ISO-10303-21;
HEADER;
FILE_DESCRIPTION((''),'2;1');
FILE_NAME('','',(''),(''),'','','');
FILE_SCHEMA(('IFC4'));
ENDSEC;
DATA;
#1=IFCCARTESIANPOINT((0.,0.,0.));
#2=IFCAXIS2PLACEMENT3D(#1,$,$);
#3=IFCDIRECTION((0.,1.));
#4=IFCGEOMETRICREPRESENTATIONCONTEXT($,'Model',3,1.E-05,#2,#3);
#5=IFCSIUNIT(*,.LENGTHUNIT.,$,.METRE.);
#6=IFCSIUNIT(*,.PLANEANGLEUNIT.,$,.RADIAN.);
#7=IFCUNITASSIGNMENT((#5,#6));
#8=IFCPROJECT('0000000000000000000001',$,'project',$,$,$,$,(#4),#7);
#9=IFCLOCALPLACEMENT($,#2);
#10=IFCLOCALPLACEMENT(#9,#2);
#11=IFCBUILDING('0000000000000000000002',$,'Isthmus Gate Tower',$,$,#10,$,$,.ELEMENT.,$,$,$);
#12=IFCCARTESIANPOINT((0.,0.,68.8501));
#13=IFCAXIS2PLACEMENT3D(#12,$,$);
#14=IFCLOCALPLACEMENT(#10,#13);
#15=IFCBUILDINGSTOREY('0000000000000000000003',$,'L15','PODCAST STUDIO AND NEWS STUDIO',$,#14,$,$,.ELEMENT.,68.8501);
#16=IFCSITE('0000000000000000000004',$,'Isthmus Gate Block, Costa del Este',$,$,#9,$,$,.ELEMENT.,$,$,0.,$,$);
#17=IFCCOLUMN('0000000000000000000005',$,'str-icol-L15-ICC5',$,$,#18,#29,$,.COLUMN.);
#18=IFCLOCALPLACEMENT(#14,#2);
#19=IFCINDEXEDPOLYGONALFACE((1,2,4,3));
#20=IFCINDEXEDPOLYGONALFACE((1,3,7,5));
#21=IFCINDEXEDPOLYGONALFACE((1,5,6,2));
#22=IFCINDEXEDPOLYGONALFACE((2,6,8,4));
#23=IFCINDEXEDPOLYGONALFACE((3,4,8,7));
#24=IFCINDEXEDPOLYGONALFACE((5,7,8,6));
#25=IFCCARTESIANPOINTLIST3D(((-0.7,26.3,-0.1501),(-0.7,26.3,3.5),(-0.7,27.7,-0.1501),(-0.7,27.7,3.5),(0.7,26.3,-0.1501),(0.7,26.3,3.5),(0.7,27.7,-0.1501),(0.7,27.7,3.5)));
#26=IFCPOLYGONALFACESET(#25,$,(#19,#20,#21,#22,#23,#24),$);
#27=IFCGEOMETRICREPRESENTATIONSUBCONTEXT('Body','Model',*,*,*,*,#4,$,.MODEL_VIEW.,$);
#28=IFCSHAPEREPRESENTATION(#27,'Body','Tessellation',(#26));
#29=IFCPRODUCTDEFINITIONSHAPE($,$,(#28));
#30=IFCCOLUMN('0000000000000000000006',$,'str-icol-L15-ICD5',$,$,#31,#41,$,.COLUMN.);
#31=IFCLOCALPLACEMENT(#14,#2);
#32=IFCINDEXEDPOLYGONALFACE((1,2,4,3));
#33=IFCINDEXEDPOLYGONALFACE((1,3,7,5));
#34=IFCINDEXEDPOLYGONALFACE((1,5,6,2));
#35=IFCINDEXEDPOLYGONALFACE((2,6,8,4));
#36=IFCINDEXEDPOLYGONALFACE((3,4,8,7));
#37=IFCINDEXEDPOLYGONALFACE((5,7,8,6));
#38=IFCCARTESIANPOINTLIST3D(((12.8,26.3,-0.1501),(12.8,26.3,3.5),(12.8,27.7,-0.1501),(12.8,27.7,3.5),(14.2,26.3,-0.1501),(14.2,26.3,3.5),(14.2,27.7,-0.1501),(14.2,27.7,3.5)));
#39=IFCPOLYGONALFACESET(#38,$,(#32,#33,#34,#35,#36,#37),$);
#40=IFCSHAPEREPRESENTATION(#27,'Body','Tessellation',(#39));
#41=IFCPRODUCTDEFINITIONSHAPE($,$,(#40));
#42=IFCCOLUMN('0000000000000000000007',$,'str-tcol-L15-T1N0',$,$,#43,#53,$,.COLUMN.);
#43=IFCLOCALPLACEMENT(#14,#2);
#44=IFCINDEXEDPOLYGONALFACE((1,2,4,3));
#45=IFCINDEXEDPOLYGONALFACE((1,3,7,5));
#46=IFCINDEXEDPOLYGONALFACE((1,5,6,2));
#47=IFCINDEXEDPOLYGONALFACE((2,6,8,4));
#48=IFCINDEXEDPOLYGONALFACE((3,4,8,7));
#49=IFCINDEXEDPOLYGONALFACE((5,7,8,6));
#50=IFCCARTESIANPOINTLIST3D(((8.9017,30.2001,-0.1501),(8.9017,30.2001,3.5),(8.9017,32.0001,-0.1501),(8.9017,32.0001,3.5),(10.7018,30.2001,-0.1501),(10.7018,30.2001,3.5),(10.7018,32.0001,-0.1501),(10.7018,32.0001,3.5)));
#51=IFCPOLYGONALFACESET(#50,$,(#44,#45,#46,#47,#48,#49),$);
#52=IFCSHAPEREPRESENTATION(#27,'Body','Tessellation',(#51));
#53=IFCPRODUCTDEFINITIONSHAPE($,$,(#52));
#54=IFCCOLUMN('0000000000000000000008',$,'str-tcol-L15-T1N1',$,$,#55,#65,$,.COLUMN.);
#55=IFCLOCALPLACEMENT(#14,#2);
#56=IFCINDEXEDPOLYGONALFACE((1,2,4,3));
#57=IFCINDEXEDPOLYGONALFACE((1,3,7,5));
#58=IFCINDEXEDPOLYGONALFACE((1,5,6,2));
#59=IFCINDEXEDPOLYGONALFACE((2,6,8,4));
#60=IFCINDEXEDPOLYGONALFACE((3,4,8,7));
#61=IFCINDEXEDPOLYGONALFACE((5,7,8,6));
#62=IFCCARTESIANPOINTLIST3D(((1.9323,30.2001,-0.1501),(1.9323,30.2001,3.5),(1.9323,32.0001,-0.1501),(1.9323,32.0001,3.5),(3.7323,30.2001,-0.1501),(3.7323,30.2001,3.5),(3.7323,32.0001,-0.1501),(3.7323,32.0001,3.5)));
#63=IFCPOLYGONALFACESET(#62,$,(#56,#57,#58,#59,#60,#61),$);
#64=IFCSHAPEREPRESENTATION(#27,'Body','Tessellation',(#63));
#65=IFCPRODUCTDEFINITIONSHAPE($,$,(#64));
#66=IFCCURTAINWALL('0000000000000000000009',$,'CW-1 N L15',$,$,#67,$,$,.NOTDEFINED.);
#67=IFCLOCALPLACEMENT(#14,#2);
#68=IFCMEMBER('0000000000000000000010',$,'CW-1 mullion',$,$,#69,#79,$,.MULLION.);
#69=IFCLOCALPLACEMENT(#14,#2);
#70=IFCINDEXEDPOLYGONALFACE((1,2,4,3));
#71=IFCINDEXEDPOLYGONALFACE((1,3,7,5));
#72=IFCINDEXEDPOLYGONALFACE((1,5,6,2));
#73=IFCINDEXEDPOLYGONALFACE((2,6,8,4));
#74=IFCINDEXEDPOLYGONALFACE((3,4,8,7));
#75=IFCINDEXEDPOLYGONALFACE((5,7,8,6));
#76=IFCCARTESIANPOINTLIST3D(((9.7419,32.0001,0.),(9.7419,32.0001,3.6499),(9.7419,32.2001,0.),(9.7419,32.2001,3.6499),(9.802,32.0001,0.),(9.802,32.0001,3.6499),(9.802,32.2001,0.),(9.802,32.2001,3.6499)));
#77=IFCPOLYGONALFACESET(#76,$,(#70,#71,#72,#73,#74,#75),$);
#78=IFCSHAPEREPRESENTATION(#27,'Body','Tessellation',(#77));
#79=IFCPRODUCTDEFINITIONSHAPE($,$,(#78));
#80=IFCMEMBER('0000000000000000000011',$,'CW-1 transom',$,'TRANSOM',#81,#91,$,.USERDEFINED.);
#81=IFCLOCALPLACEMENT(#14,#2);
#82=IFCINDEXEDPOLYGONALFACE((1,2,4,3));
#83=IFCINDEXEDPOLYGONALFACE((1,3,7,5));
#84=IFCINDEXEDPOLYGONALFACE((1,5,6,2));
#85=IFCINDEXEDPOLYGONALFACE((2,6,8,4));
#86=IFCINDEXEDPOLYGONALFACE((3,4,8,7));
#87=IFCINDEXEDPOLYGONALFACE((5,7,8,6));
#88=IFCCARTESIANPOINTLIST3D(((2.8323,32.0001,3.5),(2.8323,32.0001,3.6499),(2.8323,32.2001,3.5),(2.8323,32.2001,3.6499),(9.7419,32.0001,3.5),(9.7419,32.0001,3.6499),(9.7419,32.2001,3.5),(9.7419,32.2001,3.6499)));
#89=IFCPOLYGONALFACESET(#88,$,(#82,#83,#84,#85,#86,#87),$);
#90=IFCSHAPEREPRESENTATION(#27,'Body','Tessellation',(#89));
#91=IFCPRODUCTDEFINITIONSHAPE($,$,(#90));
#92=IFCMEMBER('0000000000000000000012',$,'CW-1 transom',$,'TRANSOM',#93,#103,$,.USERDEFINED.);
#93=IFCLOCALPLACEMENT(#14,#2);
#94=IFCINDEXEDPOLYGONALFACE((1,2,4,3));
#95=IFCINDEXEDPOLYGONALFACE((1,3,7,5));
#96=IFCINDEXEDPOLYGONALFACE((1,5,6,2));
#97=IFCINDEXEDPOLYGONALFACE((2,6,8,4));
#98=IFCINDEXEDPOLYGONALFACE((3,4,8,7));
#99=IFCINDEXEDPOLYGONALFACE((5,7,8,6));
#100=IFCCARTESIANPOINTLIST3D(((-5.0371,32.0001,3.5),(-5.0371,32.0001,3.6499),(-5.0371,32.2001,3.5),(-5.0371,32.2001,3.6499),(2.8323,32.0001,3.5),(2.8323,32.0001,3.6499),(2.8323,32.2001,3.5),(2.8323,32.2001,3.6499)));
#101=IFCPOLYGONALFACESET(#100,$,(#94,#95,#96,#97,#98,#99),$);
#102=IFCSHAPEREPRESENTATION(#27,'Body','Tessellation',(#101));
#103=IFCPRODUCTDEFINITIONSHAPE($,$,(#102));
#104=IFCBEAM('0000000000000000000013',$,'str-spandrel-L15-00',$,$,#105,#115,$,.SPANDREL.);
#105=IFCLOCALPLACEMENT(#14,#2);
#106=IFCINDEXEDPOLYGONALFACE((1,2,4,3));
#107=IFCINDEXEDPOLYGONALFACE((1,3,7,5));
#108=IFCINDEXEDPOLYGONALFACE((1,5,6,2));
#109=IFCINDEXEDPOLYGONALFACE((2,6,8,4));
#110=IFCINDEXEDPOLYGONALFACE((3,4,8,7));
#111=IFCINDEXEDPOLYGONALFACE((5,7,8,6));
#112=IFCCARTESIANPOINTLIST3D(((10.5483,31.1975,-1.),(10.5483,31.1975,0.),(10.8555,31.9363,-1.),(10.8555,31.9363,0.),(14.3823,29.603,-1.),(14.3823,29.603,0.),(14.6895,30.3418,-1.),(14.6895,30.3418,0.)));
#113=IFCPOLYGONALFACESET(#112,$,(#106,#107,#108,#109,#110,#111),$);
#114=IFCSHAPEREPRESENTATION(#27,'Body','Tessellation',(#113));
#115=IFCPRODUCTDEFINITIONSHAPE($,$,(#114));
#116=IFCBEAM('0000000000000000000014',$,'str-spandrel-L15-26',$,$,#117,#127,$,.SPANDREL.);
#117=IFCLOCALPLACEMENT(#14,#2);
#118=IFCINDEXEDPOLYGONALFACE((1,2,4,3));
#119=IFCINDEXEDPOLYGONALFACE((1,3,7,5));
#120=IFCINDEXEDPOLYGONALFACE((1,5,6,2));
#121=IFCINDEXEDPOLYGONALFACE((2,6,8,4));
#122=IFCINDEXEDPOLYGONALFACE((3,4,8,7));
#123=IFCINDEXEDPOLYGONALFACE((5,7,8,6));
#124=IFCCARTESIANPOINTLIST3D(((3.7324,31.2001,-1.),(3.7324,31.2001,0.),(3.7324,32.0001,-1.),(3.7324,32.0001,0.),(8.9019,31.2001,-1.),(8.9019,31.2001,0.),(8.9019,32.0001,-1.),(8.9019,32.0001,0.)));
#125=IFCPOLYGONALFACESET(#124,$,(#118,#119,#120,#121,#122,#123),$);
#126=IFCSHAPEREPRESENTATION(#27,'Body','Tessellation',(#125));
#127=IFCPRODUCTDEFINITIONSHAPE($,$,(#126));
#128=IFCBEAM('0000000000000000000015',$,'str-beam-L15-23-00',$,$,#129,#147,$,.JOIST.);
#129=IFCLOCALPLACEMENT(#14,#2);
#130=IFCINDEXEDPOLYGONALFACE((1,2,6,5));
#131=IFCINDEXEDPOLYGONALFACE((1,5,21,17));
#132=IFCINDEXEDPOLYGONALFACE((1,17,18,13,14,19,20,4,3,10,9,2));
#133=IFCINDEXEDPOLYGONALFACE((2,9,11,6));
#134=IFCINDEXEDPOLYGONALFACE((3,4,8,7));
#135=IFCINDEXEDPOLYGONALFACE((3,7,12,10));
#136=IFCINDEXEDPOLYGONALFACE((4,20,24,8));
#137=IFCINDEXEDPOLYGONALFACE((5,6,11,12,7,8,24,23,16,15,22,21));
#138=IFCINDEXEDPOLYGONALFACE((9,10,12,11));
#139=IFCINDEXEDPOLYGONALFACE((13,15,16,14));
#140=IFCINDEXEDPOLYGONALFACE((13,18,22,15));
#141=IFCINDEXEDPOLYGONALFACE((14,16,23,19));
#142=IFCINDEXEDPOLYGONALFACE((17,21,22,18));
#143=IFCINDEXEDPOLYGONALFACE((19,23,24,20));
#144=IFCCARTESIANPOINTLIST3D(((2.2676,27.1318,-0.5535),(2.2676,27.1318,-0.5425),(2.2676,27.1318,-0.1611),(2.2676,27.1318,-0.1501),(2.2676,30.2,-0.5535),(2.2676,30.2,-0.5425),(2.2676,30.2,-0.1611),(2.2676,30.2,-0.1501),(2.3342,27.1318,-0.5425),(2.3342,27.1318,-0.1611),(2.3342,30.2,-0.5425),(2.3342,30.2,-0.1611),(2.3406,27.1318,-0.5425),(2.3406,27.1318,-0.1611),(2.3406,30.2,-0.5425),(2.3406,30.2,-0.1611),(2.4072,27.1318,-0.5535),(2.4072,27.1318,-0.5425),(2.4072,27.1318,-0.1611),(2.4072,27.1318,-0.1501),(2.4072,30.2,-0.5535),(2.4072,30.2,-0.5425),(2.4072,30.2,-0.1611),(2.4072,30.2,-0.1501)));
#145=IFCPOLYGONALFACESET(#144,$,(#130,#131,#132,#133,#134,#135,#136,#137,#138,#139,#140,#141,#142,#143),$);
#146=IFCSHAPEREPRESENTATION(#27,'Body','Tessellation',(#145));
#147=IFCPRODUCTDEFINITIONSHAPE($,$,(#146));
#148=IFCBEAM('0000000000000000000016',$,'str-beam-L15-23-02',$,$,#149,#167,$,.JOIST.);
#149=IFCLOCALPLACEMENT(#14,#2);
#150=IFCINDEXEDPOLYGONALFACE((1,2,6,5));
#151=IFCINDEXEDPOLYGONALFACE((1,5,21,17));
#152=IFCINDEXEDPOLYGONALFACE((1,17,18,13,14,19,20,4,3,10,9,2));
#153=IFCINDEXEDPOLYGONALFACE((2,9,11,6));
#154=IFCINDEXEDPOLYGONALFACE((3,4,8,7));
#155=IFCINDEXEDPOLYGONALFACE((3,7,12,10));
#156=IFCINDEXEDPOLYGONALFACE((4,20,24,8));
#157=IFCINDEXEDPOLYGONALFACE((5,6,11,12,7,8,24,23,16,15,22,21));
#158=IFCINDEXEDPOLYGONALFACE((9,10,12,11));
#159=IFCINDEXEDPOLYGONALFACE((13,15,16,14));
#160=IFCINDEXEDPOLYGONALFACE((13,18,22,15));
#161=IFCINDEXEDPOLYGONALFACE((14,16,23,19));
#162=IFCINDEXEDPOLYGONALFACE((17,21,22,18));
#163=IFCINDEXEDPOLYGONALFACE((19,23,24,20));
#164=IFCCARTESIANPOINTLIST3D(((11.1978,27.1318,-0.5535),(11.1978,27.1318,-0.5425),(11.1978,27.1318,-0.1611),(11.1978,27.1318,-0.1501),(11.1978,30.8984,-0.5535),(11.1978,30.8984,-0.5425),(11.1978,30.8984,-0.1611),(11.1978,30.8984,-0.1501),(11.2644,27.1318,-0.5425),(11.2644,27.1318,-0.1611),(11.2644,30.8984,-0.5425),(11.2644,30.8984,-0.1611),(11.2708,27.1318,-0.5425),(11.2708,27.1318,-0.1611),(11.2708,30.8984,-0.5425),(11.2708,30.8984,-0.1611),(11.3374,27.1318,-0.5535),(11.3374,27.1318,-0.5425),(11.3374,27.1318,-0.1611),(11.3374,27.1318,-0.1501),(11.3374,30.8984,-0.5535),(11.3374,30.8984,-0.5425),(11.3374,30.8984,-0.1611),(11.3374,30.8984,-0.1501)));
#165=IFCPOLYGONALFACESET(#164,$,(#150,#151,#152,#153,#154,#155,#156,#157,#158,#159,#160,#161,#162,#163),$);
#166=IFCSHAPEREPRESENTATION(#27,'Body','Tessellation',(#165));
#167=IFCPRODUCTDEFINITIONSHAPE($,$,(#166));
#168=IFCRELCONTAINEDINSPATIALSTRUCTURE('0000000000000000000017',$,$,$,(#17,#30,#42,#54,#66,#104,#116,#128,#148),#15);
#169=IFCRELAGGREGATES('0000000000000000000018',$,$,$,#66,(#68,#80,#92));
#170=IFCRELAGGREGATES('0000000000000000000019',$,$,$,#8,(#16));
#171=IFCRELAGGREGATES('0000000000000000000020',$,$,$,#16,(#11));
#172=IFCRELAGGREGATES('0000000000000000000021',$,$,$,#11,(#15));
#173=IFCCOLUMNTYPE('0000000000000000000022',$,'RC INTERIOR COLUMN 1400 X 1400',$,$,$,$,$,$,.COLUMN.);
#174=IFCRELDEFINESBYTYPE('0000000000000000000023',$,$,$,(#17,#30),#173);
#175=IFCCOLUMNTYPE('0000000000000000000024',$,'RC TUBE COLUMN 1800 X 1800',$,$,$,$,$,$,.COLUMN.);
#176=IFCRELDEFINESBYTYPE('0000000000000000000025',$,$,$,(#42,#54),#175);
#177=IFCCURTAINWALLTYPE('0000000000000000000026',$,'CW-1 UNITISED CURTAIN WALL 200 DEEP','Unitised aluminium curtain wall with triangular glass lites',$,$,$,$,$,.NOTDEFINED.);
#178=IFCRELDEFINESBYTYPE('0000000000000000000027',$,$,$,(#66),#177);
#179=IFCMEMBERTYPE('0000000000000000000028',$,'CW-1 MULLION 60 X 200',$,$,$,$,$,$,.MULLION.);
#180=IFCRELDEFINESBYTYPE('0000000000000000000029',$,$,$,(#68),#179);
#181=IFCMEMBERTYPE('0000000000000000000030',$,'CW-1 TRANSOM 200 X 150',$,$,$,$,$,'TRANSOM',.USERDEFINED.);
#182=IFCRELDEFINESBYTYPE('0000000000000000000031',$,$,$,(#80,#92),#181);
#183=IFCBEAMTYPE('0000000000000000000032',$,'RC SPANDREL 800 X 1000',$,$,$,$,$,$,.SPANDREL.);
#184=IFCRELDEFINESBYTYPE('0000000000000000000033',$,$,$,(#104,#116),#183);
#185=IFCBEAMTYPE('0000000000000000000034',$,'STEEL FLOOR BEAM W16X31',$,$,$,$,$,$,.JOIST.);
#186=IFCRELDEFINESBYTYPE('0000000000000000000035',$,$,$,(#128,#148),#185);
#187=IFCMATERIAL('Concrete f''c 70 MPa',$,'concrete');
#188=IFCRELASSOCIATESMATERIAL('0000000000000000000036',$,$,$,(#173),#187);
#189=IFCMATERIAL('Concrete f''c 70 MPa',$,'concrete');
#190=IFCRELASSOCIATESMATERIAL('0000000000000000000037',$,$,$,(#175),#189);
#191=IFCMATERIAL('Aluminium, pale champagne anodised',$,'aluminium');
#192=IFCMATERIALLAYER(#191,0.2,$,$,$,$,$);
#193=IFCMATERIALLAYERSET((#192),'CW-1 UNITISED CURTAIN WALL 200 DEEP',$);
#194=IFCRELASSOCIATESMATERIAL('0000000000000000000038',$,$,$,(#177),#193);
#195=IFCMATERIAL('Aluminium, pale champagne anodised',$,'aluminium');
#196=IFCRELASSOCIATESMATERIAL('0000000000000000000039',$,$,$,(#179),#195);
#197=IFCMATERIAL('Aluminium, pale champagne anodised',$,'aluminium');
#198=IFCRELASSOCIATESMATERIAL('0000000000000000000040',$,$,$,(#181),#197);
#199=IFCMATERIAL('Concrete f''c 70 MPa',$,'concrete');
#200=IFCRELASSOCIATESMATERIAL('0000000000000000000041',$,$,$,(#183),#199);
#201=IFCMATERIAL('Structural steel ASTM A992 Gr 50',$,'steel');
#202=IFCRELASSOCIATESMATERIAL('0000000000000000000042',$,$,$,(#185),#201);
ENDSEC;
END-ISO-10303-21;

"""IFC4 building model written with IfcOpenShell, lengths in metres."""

from ifc_helpers import new_model, si_unit, direction, frame, origin, origin_2d, place, context, subcontext, project, spatial, rectangle, i_section, extrude, material, layer, layer_set, material_profile, profile_set, type_object, element, aggregate, save


model = new_model("IFC4")

# Units and contexts
model_context = context("Model", 3, precision=1e-05, world=origin(), true_north=direction((0.0, 1.0)))
body_context = subcontext(model_context, "Body", "Model", "MODEL_VIEW")
ifc_project = project(units=[si_unit("LENGTHUNIT", "METRE"), si_unit("PLANEANGLEUNIT", "RADIAN")], contexts=[model_context])

# Site, building, storey
site_placement = place(None, origin())
site = spatial("IfcSite", under=ifc_project, at=site_placement, Name="Isthmus Gate Block, Costa del Este", CompositionType="ELEMENT", RefElevation=0.0)
building_placement = place(site_placement, origin())
building = spatial("IfcBuilding", under=site, at=building_placement, Name="Isthmus Gate Tower", CompositionType="ELEMENT")
storey_placement = place(building_placement, frame((0.0, 0.0, 68.8501)))
storey = spatial("IfcBuildingStorey", under=building, at=storey_placement, Name="L15", Description="PODCAST STUDIO AND NEWS STUDIO", CompositionType="ELEMENT", Elevation=68.8501)

# Columns
ifc_material_1 = material(Name="Concrete f'c 70 MPa", Category="concrete")
ifc_material_profile_1 = material_profile(ifc_material_1, rectangle(XDim=1.3999, YDim=1.3999, at=origin_2d()), Name="RC 1400X1400")
ifc_profile_set_1 = profile_set([ifc_material_profile_1], Name="Concrete f'c 70 MPa")
column_type_1 = type_object("IfcColumnType", Name="RC INTERIOR COLUMN 1400 X 1400", PredefinedType="COLUMN", material=ifc_profile_set_1)
for number, where, z_axis, x_axis, name in (
    (1, (0.0, 27.0, -0.1501), (0.0, 0.0, 1.0), (1.0, 0.0, 0.0), "str-icol-L15-ICC5"),
    (2, (13.5, 27.0, -0.1501), (0.0, 0.0, 1.0), (1.0, 0.0, 0.0), "str-icol-L15-ICD5"),
):
    element("IfcColumn", number, at=place(storey_placement, frame(where, z_axis=z_axis, x_axis=x_axis)), inside=storey, type_object=column_type_1, Name=name, PredefinedType="COLUMN", context=body_context, shape_type="SweptSolid", body=[
        extrude(rectangle(XDim=1.3999, YDim=1.3999, at=origin_2d()), origin(), (0.0, 0.0, 1.0), 3.6501),
    ])
ifc_material_2 = material(Name="Concrete f'c 70 MPa", Category="concrete")
ifc_material_profile_2 = material_profile(ifc_material_2, rectangle(XDim=1.8, YDim=1.8, at=origin_2d()), Name="RC 1800X1800")
ifc_profile_set_2 = profile_set([ifc_material_profile_2], Name="Concrete f'c 70 MPa")
column_type_2 = type_object("IfcColumnType", Name="RC TUBE COLUMN 1800 X 1800", PredefinedType="COLUMN", material=ifc_profile_set_2)
for number, where, z_axis, x_axis, name in (
    (3, (9.8018, 31.1001, -0.1501), (0.0, 0.0, 1.0), (-1.0, 0.0, 0.0), "str-tcol-L15-T1N0"),
    (4, (2.8323, 31.1001, -0.1501), (0.0, 0.0, 1.0), (-1.0, 0.0, 0.0), "str-tcol-L15-T1N1"),
):
    element("IfcColumn", number, at=place(storey_placement, frame(where, z_axis=z_axis, x_axis=x_axis)), inside=storey, type_object=column_type_2, Name=name, PredefinedType="COLUMN", context=body_context, shape_type="SweptSolid", body=[
        extrude(rectangle(XDim=1.8, YDim=1.8, at=origin_2d()), origin(), (0.0, 0.0, 1.0), 3.6501),
    ])

# Curtain wall, members
ifc_material_3 = material(Name="Aluminium, pale champagne anodised", Category="aluminium")
ifc_layer_1 = layer(ifc_material_3, 0.2)
ifc_layer_set_1 = layer_set([ifc_layer_1], Name="CW-1 UNITISED CURTAIN WALL 200 DEEP")
curtain_wall_type = type_object("IfcCurtainWallType", Name="CW-1 UNITISED CURTAIN WALL 200 DEEP", Description="Unitised aluminium curtain wall with triangular glass lites", PredefinedType="NOTDEFINED", material=ifc_layer_set_1)
curtain_wall_1_placement = place(storey_placement, origin())
curtain_wall_1 = element("IfcCurtainWall", 5, at=curtain_wall_1_placement, inside=storey, type_object=curtain_wall_type, Name="CW-1 N L15", PredefinedType="NOTDEFINED")
ifc_material_4 = material(Name="Aluminium, pale champagne anodised", Category="aluminium")
ifc_material_profile_3 = material_profile(ifc_material_4, rectangle(XDim=0.0601, YDim=0.2, at=origin_2d()), Name="60x200")
ifc_profile_set_3 = profile_set([ifc_material_profile_3], Name="Aluminium, pale champagne anodised")
member_type_1 = type_object("IfcMemberType", Name="CW-1 MULLION 60 X 200", PredefinedType="MULLION", material=ifc_profile_set_3)
member_1_placement = place(storey_placement, frame((9.772, 32.1001, 0.0), z_axis=(0.0, 0.0, 1.0), x_axis=(-1.0, 0.0, 0.0)))
member_1 = element("IfcMember", 6, at=member_1_placement, type_object=member_type_1, Name="CW-1 mullion", PredefinedType="MULLION", context=body_context, shape_type="SweptSolid", body=[
    extrude(rectangle(XDim=0.0601, YDim=0.2, at=origin_2d()), origin(), (0.0, 0.0, 1.0), 3.6499),
])
ifc_material_5 = material(Name="Aluminium, pale champagne anodised", Category="aluminium")
ifc_material_profile_4 = material_profile(ifc_material_5, rectangle(XDim=0.2, YDim=0.1499, at=origin_2d()), Name="200x150")
ifc_profile_set_4 = profile_set([ifc_material_profile_4], Name="Aluminium, pale champagne anodised")
member_type_2 = type_object("IfcMemberType", Name="CW-1 TRANSOM 200 X 150", ElementType="TRANSOM", PredefinedType="USERDEFINED", material=ifc_profile_set_4)
member_2_placement = place(storey_placement, frame((9.7419, 32.1001, 3.575), z_axis=(-1.0, 0.0, 0.0), x_axis=(0.0, -1.0, 0.0)))
member_2 = element("IfcMember", 7, at=member_2_placement, type_object=member_type_2, Name="CW-1 transom", ObjectType="TRANSOM", PredefinedType="USERDEFINED", context=body_context, shape_type="SweptSolid", body=[
    extrude(rectangle(XDim=0.2, YDim=0.1499, at=origin_2d()), origin(), (0.0, 0.0, 1.0), 6.9097),
])
member_3_placement = place(storey_placement, frame((2.8323, 32.1001, 3.575), z_axis=(-1.0, 0.0, 0.0), x_axis=(0.0, -1.0, 0.0)))
member_3 = element("IfcMember", 8, at=member_3_placement, type_object=member_type_2, Name="CW-1 transom", ObjectType="TRANSOM", PredefinedType="USERDEFINED", context=body_context, shape_type="SweptSolid", body=[
    extrude(rectangle(XDim=0.2, YDim=0.1499, at=origin_2d()), origin(), (0.0, 0.0, 1.0), 7.8694),
])

# Beams
ifc_material_6 = material(Name="Concrete f'c 70 MPa", Category="concrete")
ifc_material_profile_5 = material_profile(ifc_material_6, rectangle(XDim=0.8, YDim=1.0, at=origin_2d()), Name="RC 800X1000")
ifc_profile_set_5 = profile_set([ifc_material_profile_5], Name="Concrete f'c 70 MPa")
beam_type_1 = type_object("IfcBeamType", Name="RC SPANDREL 800 X 1000", PredefinedType="SPANDREL", material=ifc_profile_set_5)
beam_1_placement = place(storey_placement, frame((10.7019, 31.5669, -0.5), z_axis=(0.923334, -0.383997, 0.0), x_axis=(0.383997, 0.923334, 0.0)))
element("IfcBeam", 9, at=beam_1_placement, inside=storey, type_object=beam_type_1, Name="str-spandrel-L15-00", PredefinedType="SPANDREL", context=body_context, shape_type="SweptSolid", body=[
    extrude(rectangle(XDim=0.8, YDim=1.0, at=origin_2d()), origin(), (0.0, 0.0, 1.0), 4.1523),
])
beam_2_placement = place(storey_placement, frame((3.7324, 31.6001, -0.5), z_axis=(1.0, 0.0, 0.0), x_axis=(0.0, 1.0, 0.0)))
element("IfcBeam", 10, at=beam_2_placement, inside=storey, type_object=beam_type_1, Name="str-spandrel-L15-26", PredefinedType="SPANDREL", context=body_context, shape_type="SweptSolid", body=[
    extrude(rectangle(XDim=0.8, YDim=1.0, at=origin_2d()), origin(), (0.0, 0.0, 1.0), 5.1694),
])
ifc_material_7 = material(Name="Structural steel ASTM A992 Gr 50", Category="steel")
ifc_material_profile_6 = material_profile(ifc_material_7, i_section(OverallWidth=0.1396, OverallDepth=0.4033, WebThickness=0.0063, FlangeThickness=0.011, at=origin_2d()), Name="W16X31")
ifc_profile_set_6 = profile_set([ifc_material_profile_6], Name="Structural steel ASTM A992 Gr 50")
beam_type_2 = type_object("IfcBeamType", Name="STEEL FLOOR BEAM W16X31", PredefinedType="JOIST", material=ifc_profile_set_6)
beam_3_placement = place(storey_placement, frame((2.3374, 27.1318, -0.3518), z_axis=(0.0, 1.0, 0.0), x_axis=(-1.0, 0.0, 0.0)))
element("IfcBeam", 11, at=beam_3_placement, inside=storey, type_object=beam_type_2, Name="str-beam-L15-23-00", PredefinedType="JOIST", context=body_context, shape_type="SweptSolid", body=[
    extrude(i_section(OverallWidth=0.1396, OverallDepth=0.4033, WebThickness=0.0063, FlangeThickness=0.011, at=origin_2d()), origin(), (0.0, 0.0, 1.0), 3.0681),
])
beam_4_placement = place(storey_placement, frame((11.2676, 27.1318, -0.3518), z_axis=(0.0, 1.0, 0.0), x_axis=(-1.0, 0.0, 0.0)))
element("IfcBeam", 12, at=beam_4_placement, inside=storey, type_object=beam_type_2, Name="str-beam-L15-23-02", PredefinedType="JOIST", context=body_context, shape_type="SweptSolid", body=[
    extrude(i_section(OverallWidth=0.1396, OverallDepth=0.4033, WebThickness=0.0063, FlangeThickness=0.011, at=origin_2d()), origin(), (0.0, 0.0, 1.0), 3.7666),
])

aggregate(curtain_wall_1, [member_1, member_2, member_3])

save(model, "model.ifc")
